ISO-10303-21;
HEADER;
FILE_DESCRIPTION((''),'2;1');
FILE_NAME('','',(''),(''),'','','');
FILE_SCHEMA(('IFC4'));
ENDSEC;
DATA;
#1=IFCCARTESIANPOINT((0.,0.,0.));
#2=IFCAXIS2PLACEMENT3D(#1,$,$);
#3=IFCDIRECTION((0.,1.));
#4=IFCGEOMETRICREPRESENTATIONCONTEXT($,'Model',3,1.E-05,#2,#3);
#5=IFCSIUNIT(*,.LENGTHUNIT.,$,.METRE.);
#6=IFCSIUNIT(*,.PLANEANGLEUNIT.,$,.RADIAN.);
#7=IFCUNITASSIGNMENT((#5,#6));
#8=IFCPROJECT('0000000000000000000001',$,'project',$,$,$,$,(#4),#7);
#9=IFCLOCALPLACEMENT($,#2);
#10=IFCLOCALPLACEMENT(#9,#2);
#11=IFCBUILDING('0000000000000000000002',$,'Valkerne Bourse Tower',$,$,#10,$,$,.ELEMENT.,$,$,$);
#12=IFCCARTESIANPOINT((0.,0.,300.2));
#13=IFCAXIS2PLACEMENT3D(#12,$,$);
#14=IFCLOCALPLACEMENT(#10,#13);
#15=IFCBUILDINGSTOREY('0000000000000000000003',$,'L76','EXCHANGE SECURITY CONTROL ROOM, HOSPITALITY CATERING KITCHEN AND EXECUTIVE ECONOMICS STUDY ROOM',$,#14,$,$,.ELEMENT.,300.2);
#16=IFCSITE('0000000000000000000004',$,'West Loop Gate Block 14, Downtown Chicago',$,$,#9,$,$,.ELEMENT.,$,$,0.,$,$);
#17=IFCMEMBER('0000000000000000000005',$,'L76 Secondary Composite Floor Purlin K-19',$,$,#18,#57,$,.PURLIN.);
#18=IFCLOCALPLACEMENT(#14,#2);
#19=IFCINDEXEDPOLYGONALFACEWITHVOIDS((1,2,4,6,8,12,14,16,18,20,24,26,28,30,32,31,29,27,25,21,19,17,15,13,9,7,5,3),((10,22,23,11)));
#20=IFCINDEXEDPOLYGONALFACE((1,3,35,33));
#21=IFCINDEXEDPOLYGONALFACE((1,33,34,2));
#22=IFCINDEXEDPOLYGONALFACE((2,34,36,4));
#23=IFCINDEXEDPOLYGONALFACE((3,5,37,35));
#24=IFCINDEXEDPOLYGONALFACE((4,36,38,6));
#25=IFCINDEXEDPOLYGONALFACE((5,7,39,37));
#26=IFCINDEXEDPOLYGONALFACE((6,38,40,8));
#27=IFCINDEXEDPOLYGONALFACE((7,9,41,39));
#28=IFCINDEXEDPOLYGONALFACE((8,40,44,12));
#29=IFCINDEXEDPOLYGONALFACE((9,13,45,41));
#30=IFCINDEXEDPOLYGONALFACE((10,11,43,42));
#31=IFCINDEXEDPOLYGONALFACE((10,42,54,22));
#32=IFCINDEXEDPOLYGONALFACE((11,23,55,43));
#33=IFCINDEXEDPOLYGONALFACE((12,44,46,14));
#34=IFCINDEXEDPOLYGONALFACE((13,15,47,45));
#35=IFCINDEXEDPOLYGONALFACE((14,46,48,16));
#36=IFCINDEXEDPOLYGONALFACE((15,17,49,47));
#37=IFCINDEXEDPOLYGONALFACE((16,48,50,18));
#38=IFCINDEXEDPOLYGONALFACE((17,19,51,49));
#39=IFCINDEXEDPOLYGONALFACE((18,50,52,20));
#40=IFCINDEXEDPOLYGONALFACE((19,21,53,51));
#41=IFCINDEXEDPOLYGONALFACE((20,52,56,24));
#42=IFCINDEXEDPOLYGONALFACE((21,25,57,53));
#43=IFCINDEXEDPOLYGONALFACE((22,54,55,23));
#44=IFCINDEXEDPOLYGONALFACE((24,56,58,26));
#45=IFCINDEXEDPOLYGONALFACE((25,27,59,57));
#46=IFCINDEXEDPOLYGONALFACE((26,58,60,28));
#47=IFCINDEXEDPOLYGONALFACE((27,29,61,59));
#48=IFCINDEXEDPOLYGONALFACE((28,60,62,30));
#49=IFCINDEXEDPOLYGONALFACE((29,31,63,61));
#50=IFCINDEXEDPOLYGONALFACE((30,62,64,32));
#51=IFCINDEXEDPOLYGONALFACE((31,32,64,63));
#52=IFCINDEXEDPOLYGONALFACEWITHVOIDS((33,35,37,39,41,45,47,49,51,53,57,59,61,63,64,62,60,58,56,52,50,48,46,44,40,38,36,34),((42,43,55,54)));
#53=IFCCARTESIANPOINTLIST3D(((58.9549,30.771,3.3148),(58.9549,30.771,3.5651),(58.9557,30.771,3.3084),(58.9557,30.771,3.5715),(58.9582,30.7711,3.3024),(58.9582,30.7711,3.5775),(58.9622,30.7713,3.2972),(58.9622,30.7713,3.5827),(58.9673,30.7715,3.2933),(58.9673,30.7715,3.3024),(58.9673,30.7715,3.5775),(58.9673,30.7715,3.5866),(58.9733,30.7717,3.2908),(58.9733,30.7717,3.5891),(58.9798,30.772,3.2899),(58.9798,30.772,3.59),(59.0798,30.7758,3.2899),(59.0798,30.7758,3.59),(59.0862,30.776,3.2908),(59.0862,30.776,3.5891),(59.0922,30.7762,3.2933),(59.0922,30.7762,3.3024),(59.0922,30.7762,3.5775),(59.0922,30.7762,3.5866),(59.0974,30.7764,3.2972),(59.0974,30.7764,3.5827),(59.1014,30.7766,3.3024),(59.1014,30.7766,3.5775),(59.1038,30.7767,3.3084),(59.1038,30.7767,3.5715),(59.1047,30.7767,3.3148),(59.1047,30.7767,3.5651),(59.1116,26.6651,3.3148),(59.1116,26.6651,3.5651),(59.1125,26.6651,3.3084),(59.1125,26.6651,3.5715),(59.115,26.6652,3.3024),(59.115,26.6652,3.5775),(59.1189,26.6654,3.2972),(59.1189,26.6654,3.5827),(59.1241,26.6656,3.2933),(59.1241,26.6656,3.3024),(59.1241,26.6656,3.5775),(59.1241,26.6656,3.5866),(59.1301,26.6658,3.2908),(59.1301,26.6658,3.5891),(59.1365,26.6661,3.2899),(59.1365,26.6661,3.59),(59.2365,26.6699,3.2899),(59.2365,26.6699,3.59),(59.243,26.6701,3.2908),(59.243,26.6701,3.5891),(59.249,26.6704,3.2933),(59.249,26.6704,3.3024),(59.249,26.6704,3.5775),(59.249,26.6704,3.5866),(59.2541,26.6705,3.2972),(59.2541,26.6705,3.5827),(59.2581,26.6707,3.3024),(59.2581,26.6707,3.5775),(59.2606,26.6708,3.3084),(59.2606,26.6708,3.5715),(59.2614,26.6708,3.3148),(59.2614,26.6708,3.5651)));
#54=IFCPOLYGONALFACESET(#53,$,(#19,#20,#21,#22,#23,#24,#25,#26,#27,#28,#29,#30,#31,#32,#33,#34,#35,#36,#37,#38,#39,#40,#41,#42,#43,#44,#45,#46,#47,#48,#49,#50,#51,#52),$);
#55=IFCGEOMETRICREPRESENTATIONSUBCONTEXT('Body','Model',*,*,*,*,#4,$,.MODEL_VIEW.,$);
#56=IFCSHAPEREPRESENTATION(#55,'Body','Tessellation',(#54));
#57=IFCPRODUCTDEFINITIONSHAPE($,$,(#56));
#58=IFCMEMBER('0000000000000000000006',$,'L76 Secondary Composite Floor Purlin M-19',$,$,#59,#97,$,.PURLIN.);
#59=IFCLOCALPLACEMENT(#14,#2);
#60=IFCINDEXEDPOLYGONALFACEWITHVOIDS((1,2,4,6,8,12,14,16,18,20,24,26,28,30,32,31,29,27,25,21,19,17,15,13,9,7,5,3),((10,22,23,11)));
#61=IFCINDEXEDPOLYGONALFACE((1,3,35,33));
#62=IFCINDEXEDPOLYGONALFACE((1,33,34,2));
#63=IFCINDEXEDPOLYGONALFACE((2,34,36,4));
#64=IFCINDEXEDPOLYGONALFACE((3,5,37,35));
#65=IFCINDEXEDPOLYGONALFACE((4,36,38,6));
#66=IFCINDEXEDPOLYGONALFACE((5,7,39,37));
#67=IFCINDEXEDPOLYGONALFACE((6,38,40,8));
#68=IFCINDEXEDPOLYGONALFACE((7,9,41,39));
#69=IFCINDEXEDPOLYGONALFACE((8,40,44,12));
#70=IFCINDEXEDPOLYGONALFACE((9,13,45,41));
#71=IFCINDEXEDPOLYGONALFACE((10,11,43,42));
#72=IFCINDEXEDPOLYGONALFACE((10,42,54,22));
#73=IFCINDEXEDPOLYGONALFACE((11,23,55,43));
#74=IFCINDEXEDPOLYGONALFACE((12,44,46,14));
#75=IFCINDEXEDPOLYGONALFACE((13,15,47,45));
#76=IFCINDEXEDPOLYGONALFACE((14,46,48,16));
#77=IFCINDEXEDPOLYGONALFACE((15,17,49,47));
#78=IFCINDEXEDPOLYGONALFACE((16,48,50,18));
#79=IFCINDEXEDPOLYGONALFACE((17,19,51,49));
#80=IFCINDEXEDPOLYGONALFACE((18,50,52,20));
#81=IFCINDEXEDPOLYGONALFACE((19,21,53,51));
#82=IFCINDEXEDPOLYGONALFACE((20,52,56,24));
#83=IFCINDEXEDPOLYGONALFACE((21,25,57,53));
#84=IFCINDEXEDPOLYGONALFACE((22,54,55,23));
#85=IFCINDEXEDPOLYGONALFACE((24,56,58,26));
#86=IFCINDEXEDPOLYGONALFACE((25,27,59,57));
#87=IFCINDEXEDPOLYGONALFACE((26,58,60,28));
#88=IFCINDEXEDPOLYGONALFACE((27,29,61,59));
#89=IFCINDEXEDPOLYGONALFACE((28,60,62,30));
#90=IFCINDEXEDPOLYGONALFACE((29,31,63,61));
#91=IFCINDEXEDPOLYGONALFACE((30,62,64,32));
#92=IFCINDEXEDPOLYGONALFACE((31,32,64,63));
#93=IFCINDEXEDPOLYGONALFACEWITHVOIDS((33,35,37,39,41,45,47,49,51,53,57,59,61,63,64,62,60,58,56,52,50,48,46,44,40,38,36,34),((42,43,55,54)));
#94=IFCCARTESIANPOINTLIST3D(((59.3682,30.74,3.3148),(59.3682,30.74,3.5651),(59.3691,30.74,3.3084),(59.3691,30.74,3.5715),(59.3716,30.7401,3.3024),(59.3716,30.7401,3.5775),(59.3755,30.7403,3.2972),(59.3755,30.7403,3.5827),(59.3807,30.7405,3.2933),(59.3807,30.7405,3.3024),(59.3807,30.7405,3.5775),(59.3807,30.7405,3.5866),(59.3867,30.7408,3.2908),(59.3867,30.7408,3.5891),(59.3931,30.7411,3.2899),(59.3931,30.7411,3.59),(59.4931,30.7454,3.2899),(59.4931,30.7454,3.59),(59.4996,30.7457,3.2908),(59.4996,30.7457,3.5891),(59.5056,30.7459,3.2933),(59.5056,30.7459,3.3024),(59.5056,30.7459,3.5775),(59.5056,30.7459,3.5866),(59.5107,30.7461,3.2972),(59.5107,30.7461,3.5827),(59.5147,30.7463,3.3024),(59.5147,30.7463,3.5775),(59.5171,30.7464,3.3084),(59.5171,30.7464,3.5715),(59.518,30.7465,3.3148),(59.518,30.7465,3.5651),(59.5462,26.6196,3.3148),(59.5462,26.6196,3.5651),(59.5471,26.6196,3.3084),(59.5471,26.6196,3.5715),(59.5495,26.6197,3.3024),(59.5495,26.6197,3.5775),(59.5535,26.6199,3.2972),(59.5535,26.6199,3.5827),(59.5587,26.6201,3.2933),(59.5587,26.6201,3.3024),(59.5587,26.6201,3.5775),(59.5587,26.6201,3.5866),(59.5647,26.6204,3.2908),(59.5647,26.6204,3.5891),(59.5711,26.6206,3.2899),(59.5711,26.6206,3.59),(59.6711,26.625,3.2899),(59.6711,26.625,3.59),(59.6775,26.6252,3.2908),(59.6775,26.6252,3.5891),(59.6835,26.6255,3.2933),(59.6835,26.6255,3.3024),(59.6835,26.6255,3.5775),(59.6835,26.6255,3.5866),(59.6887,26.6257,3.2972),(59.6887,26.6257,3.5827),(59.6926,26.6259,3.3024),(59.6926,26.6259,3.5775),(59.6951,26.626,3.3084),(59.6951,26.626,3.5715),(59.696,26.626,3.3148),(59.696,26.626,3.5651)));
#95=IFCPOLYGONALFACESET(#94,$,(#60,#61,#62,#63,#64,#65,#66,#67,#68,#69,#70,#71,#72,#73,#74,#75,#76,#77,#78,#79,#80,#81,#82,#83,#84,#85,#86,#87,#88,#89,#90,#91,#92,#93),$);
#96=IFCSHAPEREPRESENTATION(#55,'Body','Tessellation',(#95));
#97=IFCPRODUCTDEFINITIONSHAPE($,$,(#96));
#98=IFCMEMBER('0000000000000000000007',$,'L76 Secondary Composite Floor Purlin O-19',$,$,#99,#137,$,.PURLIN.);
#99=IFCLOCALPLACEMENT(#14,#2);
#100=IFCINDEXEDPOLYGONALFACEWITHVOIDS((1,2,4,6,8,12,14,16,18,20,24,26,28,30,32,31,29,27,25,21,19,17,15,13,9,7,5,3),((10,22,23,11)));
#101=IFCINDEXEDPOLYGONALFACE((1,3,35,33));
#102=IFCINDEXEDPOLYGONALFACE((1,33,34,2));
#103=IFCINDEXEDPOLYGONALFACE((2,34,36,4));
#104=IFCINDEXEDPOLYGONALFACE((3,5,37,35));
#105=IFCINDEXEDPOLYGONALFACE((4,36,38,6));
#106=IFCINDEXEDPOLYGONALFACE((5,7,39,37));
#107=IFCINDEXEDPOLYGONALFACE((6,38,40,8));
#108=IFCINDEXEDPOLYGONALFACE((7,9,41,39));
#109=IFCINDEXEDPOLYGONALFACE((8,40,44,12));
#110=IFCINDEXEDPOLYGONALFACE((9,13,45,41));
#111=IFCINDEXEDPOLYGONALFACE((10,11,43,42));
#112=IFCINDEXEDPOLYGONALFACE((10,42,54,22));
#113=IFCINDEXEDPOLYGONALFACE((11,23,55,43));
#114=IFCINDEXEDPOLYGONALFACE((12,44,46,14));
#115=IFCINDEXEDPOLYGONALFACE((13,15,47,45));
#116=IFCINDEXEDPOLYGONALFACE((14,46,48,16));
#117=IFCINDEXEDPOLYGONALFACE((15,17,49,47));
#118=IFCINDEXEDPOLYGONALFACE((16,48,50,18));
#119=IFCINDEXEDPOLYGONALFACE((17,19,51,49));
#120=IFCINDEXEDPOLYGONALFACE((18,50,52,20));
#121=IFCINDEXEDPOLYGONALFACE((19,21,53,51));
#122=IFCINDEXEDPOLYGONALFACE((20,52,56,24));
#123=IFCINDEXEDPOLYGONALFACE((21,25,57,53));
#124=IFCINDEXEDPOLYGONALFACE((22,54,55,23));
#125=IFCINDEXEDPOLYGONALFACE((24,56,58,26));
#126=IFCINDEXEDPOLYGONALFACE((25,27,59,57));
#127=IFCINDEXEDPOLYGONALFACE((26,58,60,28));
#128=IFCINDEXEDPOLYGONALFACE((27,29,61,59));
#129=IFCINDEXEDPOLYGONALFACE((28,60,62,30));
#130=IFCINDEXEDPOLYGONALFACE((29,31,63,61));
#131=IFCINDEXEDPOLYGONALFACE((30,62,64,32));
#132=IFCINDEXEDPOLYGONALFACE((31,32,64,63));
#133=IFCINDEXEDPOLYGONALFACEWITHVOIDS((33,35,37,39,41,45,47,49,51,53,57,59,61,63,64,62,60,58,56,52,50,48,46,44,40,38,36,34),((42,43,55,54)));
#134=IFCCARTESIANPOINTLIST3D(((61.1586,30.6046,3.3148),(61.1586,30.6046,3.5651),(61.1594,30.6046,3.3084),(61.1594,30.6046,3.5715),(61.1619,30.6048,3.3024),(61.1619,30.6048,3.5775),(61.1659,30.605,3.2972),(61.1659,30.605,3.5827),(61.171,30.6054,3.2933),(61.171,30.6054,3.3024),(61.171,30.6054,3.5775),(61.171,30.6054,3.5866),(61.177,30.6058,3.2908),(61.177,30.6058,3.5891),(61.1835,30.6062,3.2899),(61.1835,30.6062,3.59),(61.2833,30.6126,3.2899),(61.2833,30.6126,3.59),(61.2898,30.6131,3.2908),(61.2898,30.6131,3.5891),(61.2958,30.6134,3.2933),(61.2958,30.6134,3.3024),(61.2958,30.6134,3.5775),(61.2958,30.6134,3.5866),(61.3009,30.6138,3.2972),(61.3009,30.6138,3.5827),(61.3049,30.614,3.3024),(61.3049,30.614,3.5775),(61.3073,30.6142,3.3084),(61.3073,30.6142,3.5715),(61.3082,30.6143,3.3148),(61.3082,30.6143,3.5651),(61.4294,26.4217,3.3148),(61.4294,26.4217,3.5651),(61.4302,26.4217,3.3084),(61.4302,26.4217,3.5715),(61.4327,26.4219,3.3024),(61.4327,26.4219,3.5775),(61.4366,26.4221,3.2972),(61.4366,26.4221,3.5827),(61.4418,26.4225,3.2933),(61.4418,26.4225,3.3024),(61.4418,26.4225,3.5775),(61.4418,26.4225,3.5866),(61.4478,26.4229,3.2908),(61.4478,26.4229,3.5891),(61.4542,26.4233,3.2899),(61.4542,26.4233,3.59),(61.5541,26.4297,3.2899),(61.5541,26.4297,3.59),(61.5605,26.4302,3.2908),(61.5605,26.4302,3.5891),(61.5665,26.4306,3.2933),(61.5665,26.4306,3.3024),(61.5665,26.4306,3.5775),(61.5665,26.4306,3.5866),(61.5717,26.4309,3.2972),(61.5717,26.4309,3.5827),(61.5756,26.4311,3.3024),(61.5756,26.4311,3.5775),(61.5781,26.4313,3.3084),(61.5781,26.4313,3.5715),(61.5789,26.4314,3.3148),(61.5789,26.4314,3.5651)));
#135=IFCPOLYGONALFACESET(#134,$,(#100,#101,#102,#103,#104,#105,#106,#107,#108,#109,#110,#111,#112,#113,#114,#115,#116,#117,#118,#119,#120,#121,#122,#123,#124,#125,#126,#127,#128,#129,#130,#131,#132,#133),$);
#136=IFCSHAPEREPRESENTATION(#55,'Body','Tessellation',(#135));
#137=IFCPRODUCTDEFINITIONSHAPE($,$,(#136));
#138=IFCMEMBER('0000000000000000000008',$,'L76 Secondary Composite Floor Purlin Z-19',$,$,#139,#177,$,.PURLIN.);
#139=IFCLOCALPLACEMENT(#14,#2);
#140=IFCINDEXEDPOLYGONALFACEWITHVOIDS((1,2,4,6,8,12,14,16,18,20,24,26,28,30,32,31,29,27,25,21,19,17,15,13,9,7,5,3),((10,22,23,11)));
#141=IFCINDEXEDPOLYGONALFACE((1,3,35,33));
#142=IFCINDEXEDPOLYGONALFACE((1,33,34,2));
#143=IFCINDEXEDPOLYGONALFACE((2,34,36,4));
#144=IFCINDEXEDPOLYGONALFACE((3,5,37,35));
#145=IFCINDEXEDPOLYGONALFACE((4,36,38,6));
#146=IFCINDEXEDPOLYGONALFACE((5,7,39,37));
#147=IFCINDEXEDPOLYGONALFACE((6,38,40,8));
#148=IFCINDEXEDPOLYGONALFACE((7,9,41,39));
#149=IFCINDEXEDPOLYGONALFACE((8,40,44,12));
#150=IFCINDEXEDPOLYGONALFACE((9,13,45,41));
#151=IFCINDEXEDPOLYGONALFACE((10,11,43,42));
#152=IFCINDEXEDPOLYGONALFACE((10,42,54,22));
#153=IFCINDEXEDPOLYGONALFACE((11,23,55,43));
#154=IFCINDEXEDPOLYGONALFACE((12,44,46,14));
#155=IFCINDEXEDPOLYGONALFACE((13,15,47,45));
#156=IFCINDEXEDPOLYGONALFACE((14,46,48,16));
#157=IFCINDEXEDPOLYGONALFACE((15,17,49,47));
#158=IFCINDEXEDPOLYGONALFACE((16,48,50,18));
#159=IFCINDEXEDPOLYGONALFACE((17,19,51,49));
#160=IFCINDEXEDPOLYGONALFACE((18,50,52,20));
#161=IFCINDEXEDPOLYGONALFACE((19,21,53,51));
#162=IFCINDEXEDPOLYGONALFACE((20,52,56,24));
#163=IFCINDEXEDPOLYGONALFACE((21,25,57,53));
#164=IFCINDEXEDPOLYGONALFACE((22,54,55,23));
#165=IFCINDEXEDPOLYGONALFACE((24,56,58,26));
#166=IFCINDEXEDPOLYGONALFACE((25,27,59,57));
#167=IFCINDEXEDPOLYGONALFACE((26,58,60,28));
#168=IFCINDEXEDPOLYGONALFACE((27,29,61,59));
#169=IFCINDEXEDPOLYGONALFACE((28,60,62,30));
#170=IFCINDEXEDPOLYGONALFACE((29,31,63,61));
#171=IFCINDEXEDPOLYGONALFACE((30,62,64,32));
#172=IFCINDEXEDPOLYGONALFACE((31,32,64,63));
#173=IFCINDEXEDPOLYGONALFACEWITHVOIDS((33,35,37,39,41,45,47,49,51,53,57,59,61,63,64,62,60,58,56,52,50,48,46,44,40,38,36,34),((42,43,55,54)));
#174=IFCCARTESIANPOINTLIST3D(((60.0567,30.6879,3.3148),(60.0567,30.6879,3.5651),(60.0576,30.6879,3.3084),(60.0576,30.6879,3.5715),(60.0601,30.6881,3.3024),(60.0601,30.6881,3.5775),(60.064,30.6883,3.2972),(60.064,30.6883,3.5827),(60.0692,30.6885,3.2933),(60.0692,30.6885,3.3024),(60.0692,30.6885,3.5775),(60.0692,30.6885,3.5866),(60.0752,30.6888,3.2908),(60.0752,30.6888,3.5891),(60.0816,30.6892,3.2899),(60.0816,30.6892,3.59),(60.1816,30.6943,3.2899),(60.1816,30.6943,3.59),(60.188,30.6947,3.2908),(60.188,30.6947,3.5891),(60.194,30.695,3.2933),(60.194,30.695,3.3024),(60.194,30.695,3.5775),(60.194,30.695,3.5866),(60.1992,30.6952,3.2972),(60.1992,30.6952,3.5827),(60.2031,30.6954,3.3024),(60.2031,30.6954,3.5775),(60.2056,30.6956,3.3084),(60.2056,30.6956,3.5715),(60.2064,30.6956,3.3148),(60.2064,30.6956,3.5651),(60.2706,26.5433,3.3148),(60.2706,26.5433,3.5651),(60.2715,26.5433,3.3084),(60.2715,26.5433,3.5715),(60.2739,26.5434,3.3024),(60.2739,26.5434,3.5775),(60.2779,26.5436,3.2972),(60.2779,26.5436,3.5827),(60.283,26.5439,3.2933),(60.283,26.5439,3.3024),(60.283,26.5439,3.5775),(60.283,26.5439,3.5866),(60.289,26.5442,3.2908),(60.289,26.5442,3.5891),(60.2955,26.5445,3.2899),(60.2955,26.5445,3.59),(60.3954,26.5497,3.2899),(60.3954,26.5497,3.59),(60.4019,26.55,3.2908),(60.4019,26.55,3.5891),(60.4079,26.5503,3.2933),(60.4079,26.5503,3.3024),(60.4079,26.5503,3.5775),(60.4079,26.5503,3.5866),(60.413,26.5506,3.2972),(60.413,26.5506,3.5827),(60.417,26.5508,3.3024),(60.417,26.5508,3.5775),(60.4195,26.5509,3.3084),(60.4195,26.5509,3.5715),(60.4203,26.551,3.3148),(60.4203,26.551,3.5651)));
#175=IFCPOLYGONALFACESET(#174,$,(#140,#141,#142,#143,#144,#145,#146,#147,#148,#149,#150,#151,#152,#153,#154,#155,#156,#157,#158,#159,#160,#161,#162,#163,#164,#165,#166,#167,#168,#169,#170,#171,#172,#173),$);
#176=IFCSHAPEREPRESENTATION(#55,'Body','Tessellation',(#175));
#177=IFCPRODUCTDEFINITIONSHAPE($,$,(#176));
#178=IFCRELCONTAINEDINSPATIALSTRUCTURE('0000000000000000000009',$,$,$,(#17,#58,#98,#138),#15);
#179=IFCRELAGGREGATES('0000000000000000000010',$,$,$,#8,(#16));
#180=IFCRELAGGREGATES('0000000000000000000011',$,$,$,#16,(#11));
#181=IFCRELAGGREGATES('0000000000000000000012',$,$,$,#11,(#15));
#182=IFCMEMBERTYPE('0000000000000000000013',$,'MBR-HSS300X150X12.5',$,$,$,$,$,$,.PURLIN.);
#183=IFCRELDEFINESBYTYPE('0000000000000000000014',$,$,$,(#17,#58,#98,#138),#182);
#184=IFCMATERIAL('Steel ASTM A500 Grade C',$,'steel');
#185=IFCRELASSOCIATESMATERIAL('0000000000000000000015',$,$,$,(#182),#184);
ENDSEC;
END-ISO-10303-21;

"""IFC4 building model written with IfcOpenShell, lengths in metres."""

from ifc_helpers import new_model, si_unit, direction, frame, origin, origin_2d, place, context, subcontext, project, spatial, hollow_rectangle, extrude, material, material_profile, profile_set, type_object, element, save


model = new_model("IFC4")

# Units and contexts
model_context = context("Model", 3, precision=1e-05, world=origin(), true_north=direction((0.0, 1.0)))
body_context = subcontext(model_context, "Body", "Model", "MODEL_VIEW")
ifc_project = project(units=[si_unit("LENGTHUNIT", "METRE"), si_unit("PLANEANGLEUNIT", "RADIAN")], contexts=[model_context])

# Site, building, storey
site_placement = place(None, origin())
site = spatial("IfcSite", under=ifc_project, at=site_placement, Name="West Loop Gate Block 14, Downtown Chicago", CompositionType="ELEMENT", RefElevation=0.0)
building_placement = place(site_placement, origin())
building = spatial("IfcBuilding", under=site, at=building_placement, Name="Valkerne Bourse Tower", CompositionType="ELEMENT")
storey_placement = place(building_placement, frame((0.0, 0.0, 300.2)))
storey = spatial("IfcBuildingStorey", under=building, at=storey_placement, Name="L76", Description="EXCHANGE SECURITY CONTROL ROOM, HOSPITALITY CATERING KITCHEN AND EXECUTIVE ECONOMICS STUDY ROOM", CompositionType="ELEMENT", Elevation=300.2)

# Shared definitions
ifc_material_1 = material(Name="Steel ASTM A500 Grade C", Category="steel")

# Members
ifc_material_profile_1 = material_profile(ifc_material_1, hollow_rectangle(XDim=0.1499, YDim=0.3, WallThickness=0.0125, OuterFilletRadius=0.0249, at=origin_2d()), Name="HSS300X150X12.5")
ifc_profile_set_1 = profile_set([ifc_material_profile_1], Name="Steel ASTM A500 Grade C")
member_type_1 = type_object("IfcMemberType", Name="MBR-HSS300X150X12.5", PredefinedType="PURLIN", material=ifc_profile_set_1)
member_1_placement = place(storey_placement, frame((59.1865, 26.668, 3.4399), z_axis=(-0.038146, 0.999272, 0.0), x_axis=(-0.999272, -0.038146, 0.0)))
element("IfcMember", 1, at=member_1_placement, inside=storey, type_object=member_type_1, Name="L76 Secondary Composite Floor Purlin K-19", PredefinedType="PURLIN", context=body_context, shape_type="SweptSolid", body=[
    extrude(hollow_rectangle(XDim=0.1499, YDim=0.3, WallThickness=0.0125, OuterFilletRadius=0.0249, at=origin_2d()), origin(), (0.0, 0.0, 1.0), 4.1089),
])
member_2_placement = place(storey_placement, frame((59.6211, 26.6228, 3.4399), z_axis=(-0.043155, 0.999068, 0.0), x_axis=(-0.999068, -0.043155, 0.0)))
element("IfcMember", 2, at=member_2_placement, inside=storey, type_object=member_type_1, Name="L76 Secondary Composite Floor Purlin M-19", PredefinedType="PURLIN", context=body_context, shape_type="SweptSolid", body=[
    extrude(hollow_rectangle(XDim=0.1499, YDim=0.3, WallThickness=0.0125, OuterFilletRadius=0.0249, at=origin_2d()), origin(), (0.0, 0.0, 1.0), 4.1243),
])
member_3_placement = place(storey_placement, frame((61.5042, 26.4265, 3.4399), z_axis=(-0.064594, 0.997912, 0.0), x_axis=(-0.997912, -0.064594, 0.0)))
element("IfcMember", 3, at=member_3_placement, inside=storey, type_object=member_type_1, Name="L76 Secondary Composite Floor Purlin O-19", PredefinedType="PURLIN", context=body_context, shape_type="SweptSolid", body=[
    extrude(hollow_rectangle(XDim=0.1499, YDim=0.3, WallThickness=0.0125, OuterFilletRadius=0.0249, at=origin_2d()), origin(), (0.0, 0.0, 1.0), 4.1917),
])
member_4_placement = place(storey_placement, frame((60.3455, 26.5471, 3.4399), z_axis=(-0.051534, 0.998671, 0.0), x_axis=(-0.998671, -0.051534, 0.0)))
element("IfcMember", 4, at=member_4_placement, inside=storey, type_object=member_type_1, Name="L76 Secondary Composite Floor Purlin Z-19", PredefinedType="PURLIN", context=body_context, shape_type="SweptSolid", body=[
    extrude(hollow_rectangle(XDim=0.1499, YDim=0.3, WallThickness=0.0125, OuterFilletRadius=0.0249, at=origin_2d()), origin(), (0.0, 0.0, 1.0), 4.1501),
])

save(model, "model.ifc")
